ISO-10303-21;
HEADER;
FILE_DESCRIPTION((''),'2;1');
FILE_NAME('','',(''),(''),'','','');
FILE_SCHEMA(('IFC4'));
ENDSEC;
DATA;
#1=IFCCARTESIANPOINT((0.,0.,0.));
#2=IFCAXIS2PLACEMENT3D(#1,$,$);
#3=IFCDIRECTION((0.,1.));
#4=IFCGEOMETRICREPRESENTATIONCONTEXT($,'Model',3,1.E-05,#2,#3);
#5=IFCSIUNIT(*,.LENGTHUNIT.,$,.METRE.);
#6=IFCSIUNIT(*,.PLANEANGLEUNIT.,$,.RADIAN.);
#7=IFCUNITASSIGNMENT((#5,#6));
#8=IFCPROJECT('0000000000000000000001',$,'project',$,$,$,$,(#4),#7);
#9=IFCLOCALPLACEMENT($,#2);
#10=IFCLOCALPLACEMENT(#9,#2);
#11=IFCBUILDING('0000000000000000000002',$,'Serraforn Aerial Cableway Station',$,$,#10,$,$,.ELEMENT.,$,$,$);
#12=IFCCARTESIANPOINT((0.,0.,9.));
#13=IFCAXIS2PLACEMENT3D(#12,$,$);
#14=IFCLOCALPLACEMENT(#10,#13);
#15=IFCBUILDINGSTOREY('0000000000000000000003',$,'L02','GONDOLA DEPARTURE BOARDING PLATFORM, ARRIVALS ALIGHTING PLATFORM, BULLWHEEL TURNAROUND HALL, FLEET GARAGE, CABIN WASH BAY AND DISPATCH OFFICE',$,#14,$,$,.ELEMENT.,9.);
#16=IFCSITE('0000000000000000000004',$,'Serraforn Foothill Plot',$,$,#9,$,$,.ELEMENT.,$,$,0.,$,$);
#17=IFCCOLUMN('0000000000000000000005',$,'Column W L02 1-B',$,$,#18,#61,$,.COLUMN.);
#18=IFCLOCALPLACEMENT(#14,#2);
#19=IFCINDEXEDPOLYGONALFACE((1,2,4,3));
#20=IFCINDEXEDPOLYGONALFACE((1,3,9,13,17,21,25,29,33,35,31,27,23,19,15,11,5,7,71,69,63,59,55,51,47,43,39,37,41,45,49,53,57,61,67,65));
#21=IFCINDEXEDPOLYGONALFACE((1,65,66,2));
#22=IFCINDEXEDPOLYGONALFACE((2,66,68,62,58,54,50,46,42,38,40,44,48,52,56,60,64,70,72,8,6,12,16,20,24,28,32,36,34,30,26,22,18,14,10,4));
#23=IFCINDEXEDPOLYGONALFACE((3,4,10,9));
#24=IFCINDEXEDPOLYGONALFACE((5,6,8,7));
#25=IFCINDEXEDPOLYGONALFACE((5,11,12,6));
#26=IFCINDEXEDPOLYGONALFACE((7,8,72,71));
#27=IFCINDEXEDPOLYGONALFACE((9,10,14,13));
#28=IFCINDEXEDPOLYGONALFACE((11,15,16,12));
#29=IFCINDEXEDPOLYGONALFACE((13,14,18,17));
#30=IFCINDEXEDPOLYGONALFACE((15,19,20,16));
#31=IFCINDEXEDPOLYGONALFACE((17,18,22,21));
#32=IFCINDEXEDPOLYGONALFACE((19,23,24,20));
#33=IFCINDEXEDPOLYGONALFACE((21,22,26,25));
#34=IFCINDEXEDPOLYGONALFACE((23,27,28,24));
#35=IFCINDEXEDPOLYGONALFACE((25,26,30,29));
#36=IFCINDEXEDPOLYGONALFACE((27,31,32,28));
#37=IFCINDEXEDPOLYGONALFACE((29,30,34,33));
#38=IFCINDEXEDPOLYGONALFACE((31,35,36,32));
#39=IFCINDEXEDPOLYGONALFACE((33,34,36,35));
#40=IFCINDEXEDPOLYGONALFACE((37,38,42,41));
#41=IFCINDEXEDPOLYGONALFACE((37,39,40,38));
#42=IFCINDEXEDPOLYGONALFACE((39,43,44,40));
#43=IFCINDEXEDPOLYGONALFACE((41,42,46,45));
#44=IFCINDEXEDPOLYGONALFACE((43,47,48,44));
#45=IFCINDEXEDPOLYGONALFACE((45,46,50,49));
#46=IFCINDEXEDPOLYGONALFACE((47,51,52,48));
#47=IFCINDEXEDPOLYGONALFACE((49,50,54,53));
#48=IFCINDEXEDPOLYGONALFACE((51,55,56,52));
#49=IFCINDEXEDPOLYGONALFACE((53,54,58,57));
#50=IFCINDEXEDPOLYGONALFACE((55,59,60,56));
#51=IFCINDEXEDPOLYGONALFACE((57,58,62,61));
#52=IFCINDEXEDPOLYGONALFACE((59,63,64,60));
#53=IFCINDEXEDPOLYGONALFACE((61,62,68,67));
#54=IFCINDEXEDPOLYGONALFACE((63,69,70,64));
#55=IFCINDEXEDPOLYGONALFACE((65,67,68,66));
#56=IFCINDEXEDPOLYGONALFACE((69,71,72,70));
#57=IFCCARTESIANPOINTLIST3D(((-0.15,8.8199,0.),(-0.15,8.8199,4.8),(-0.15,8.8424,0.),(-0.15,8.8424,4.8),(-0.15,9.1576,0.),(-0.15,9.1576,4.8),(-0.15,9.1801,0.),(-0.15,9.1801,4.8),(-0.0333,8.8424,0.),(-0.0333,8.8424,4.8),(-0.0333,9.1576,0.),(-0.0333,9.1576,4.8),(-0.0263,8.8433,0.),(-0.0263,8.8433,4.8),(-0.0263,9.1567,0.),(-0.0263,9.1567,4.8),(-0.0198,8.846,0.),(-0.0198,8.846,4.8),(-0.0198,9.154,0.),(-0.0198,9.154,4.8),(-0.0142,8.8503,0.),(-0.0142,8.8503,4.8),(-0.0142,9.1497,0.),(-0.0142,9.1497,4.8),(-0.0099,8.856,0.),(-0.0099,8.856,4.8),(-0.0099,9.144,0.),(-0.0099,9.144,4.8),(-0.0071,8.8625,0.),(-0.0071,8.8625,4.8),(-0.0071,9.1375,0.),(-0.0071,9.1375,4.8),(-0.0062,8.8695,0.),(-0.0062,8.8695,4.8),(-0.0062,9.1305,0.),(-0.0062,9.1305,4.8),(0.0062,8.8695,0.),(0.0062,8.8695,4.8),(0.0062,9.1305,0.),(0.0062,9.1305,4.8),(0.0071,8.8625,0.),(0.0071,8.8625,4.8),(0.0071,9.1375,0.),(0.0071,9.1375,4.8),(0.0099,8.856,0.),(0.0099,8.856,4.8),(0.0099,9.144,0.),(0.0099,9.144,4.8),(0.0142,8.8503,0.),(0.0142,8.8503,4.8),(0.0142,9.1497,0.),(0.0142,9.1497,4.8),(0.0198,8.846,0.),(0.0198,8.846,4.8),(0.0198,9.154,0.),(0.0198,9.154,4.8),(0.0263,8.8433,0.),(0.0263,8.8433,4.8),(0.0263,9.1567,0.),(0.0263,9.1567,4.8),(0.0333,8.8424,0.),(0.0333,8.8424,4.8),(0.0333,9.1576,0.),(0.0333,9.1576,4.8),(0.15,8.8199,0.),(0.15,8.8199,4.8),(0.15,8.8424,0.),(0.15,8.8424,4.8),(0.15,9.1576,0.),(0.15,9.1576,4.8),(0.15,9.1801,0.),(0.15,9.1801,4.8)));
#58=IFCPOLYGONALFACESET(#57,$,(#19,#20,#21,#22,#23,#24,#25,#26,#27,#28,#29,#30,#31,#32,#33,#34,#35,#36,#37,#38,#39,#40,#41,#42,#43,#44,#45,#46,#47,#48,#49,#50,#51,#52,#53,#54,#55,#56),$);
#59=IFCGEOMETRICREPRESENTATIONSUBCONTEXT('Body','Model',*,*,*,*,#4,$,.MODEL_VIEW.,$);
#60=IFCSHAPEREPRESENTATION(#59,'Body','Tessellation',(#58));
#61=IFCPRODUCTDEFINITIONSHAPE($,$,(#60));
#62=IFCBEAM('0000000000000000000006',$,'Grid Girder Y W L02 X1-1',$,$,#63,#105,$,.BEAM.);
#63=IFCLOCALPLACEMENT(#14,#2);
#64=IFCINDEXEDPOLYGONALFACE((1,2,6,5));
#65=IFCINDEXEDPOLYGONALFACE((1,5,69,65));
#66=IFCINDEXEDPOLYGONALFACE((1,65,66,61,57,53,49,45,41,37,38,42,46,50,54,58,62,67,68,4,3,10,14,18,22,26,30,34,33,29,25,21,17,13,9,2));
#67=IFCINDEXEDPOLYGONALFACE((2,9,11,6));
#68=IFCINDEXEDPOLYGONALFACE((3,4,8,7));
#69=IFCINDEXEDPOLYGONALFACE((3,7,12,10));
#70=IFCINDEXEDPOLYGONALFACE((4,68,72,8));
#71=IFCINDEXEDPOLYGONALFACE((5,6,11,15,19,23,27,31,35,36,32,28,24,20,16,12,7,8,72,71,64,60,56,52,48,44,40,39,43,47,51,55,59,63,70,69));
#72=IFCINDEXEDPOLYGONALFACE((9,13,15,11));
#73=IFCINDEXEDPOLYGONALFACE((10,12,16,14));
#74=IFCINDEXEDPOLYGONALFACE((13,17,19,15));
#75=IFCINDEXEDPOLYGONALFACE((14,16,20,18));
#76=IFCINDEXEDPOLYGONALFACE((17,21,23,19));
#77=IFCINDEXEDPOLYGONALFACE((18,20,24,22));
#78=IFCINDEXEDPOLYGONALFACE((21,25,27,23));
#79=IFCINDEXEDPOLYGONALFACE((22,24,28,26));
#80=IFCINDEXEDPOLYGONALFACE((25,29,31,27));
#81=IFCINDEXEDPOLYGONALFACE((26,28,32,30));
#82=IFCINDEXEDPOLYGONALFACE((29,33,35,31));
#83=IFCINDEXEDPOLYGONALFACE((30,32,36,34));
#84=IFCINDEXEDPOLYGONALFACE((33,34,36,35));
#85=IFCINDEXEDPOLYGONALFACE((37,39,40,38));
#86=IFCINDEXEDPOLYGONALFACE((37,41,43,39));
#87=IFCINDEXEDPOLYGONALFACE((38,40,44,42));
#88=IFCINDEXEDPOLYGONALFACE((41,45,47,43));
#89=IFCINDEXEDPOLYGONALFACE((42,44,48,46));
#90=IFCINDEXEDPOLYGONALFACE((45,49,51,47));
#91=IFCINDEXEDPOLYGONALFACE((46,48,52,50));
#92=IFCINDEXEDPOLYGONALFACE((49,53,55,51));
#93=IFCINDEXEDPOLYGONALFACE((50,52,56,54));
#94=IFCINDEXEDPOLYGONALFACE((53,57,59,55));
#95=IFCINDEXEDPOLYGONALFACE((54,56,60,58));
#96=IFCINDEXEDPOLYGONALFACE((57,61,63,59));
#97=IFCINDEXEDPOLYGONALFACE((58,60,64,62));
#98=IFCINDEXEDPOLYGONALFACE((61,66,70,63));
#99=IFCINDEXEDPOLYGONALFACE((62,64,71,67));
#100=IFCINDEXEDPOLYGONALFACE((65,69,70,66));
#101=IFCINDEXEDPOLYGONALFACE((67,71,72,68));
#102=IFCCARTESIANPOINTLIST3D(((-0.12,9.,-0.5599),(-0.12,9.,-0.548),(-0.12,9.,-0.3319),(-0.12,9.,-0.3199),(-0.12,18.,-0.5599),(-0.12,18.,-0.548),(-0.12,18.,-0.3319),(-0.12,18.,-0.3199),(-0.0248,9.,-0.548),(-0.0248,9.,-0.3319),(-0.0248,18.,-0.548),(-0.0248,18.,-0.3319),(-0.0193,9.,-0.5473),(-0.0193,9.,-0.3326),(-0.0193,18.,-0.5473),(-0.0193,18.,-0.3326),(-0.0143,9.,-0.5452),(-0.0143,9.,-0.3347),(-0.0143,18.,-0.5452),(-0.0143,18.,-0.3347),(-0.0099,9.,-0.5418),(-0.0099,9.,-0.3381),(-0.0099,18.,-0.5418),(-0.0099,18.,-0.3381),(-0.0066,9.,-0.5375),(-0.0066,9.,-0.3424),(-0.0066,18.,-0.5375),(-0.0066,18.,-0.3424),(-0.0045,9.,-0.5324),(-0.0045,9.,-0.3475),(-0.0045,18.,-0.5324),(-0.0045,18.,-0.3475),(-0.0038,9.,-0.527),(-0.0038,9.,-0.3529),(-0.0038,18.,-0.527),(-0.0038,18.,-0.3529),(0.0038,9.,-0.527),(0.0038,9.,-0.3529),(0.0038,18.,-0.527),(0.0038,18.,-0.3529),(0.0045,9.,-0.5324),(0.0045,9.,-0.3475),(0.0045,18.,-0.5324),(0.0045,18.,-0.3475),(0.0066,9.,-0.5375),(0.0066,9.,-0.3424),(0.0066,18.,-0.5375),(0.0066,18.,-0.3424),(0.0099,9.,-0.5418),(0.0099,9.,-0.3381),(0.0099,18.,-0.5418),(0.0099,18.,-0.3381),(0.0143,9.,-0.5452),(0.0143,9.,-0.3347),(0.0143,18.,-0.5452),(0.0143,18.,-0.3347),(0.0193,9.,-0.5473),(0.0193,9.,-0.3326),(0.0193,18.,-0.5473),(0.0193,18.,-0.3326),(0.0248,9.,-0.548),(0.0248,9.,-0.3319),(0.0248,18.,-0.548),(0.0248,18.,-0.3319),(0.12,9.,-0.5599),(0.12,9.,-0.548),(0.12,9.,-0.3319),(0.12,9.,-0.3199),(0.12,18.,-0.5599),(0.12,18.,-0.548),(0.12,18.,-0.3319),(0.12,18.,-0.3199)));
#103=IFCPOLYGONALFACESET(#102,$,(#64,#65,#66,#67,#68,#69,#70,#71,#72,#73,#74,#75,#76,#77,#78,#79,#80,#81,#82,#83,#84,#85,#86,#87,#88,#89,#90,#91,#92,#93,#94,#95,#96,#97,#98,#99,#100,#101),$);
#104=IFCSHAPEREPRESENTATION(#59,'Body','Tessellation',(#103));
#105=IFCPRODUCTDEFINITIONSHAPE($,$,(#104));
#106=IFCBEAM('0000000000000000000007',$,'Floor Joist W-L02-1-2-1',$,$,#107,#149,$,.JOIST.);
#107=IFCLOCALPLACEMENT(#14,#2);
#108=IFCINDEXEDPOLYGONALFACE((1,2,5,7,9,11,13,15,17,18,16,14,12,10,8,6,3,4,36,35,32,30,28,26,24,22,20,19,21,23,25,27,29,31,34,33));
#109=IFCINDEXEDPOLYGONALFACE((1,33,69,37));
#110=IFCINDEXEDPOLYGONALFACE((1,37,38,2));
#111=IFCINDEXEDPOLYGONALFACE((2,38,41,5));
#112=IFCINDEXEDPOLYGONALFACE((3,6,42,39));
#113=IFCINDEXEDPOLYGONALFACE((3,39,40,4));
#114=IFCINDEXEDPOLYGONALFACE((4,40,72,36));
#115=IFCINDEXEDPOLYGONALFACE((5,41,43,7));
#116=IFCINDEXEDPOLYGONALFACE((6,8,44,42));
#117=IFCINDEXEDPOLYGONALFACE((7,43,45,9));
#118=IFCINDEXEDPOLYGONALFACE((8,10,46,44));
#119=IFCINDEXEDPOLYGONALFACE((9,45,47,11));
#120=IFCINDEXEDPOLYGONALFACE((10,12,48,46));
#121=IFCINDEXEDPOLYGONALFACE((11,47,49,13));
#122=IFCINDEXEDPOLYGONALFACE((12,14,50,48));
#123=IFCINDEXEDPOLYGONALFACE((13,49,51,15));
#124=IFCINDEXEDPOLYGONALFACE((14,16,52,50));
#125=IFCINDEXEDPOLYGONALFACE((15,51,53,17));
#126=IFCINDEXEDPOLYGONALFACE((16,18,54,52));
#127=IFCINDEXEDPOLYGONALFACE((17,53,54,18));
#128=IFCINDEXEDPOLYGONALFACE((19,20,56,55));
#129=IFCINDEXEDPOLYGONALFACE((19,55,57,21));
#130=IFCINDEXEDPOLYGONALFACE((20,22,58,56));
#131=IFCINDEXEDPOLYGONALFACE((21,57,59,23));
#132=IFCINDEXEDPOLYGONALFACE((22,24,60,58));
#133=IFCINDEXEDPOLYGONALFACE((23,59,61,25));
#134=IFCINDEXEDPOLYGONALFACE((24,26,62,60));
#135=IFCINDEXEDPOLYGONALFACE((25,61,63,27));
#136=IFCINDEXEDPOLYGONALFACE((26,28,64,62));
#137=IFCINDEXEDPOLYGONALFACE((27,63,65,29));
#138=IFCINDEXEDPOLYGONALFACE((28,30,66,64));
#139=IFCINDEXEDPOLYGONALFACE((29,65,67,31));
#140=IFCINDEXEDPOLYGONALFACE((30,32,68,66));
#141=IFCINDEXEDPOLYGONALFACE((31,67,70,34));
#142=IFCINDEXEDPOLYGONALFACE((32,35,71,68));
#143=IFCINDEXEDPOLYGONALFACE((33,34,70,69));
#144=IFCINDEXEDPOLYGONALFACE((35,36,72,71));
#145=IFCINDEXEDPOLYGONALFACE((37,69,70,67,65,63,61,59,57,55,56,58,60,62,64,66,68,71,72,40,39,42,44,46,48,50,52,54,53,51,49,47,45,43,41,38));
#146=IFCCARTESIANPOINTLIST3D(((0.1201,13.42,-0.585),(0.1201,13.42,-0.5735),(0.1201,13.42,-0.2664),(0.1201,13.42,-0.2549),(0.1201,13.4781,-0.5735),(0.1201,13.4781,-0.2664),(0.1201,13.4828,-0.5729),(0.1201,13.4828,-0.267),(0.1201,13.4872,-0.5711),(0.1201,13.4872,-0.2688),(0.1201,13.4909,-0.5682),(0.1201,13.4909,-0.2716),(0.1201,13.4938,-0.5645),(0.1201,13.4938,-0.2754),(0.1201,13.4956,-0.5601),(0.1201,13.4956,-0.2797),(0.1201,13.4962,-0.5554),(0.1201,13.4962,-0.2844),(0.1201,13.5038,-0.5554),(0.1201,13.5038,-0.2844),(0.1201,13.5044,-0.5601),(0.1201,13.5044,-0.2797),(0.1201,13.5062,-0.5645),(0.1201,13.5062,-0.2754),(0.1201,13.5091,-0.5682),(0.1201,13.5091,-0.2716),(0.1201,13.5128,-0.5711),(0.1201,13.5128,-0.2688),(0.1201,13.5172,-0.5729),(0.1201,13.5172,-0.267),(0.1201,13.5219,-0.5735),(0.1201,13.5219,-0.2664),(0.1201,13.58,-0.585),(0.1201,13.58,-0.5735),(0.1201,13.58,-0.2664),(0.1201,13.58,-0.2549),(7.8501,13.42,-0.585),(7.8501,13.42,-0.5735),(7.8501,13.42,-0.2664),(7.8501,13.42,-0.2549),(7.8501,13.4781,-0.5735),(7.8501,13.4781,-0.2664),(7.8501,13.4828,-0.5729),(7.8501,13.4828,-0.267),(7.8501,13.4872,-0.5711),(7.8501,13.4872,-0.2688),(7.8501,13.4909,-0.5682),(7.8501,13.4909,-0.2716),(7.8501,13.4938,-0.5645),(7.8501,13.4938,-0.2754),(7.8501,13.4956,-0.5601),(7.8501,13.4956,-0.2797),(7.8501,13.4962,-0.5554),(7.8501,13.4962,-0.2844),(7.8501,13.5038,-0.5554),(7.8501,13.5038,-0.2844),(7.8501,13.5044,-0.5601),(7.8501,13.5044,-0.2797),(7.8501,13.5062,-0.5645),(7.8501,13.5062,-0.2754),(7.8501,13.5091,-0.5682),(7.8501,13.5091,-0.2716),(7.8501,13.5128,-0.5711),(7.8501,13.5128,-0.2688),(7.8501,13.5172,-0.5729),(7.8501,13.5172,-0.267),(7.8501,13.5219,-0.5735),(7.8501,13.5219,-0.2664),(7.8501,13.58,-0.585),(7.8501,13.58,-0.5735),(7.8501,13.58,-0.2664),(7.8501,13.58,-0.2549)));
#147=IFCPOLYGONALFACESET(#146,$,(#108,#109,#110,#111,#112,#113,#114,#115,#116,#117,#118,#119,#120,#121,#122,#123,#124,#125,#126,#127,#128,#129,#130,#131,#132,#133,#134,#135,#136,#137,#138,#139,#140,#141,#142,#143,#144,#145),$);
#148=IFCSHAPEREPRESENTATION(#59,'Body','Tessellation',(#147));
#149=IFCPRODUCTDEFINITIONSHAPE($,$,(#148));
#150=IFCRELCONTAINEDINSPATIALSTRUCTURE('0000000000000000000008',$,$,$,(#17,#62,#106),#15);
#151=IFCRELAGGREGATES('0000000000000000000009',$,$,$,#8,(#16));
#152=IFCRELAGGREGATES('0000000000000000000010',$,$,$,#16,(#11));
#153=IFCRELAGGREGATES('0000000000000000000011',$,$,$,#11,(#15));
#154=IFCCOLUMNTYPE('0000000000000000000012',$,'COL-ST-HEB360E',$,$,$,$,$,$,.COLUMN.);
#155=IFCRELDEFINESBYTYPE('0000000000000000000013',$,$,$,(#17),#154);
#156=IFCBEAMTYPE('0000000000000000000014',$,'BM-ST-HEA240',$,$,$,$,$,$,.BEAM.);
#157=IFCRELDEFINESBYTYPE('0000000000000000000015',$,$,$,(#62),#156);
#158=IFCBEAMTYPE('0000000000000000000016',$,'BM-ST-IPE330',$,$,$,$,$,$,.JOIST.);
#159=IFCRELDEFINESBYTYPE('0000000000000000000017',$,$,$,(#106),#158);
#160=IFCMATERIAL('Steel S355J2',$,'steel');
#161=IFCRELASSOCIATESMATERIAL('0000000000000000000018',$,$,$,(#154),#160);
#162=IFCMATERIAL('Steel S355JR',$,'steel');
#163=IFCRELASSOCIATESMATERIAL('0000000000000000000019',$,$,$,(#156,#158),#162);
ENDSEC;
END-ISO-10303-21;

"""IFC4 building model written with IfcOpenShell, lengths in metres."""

from ifc_helpers import new_model, si_unit, direction, frame, origin, origin_2d, place, context, subcontext, project, spatial, i_section, extrude, material, material_profile, profile_set, type_object, element, save


model = new_model("IFC4")

# Units and contexts
model_context = context("Model", 3, precision=1e-05, world=origin(), true_north=direction((0.0, 1.0)))
body_context = subcontext(model_context, "Body", "Model", "MODEL_VIEW")
ifc_project = project(units=[si_unit("LENGTHUNIT", "METRE"), si_unit("PLANEANGLEUNIT", "RADIAN")], contexts=[model_context])

# Site, building, storey
site_placement = place(None, origin())
site = spatial("IfcSite", under=ifc_project, at=site_placement, Name="Serraforn Foothill Plot", CompositionType="ELEMENT", RefElevation=0.0)
building_placement = place(site_placement, origin())
building = spatial("IfcBuilding", under=site, at=building_placement, Name="Serraforn Aerial Cableway Station", CompositionType="ELEMENT")
storey_placement = place(building_placement, frame((0.0, 0.0, 9.0)))
storey = spatial("IfcBuildingStorey", under=building, at=storey_placement, Name="L02", Description="GONDOLA DEPARTURE BOARDING PLATFORM, ARRIVALS ALIGHTING PLATFORM, BULLWHEEL TURNAROUND HALL, FLEET GARAGE, CABIN WASH BAY AND DISPATCH OFFICE", CompositionType="ELEMENT", Elevation=9.0)

# Column
ifc_material_1 = material(Name="Steel S355J2", Category="steel")
ifc_material_profile_1 = material_profile(ifc_material_1, i_section(OverallWidth=0.3, OverallDepth=0.3601, WebThickness=0.0125, FlangeThickness=0.0225, FilletRadius=0.0271, at=origin_2d()), Name="HEB 360")
ifc_profile_set_1 = profile_set([ifc_material_profile_1], Name="Steel S355J2")
column_type = type_object("IfcColumnType", Name="COL-ST-HEB360E", PredefinedType="COLUMN", material=ifc_profile_set_1)
column_placement = place(storey_placement, frame((0.0, 9.0, 0.0), z_axis=(0.0, 0.0, 1.0), x_axis=(1.0, 0.0, 0.0)))
element("IfcColumn", 1, at=column_placement, inside=storey, type_object=column_type, Name="Column W L02 1-B", PredefinedType="COLUMN", context=body_context, shape_type="SweptSolid", body=[
    extrude(i_section(OverallWidth=0.3, OverallDepth=0.3601, WebThickness=0.0125, FlangeThickness=0.0225, FilletRadius=0.0271, at=origin_2d()), origin(), (0.0, 0.0, 1.0), 4.8),
])

# Beams
ifc_material_2 = material(Name="Steel S355JR", Category="steel")
ifc_material_profile_2 = material_profile(ifc_material_2, i_section(OverallWidth=0.24, OverallDepth=0.24, WebThickness=0.0076, FlangeThickness=0.012, FilletRadius=0.021, at=origin_2d()), Name="HEA 240")
ifc_profile_set_2 = profile_set([ifc_material_profile_2], Name="Steel S355JR")
beam_type_1 = type_object("IfcBeamType", Name="BM-ST-HEA240", PredefinedType="BEAM", material=ifc_profile_set_2)
beam_1_placement = place(storey_placement, frame((0.0, 9.0, -0.4399), z_axis=(0.0, 1.0, 0.0), x_axis=(-1.0, 0.0, 0.0)))
element("IfcBeam", 2, at=beam_1_placement, inside=storey, type_object=beam_type_1, Name="Grid Girder Y W L02 X1-1", PredefinedType="BEAM", context=body_context, shape_type="SweptSolid", body=[
    extrude(i_section(OverallWidth=0.24, OverallDepth=0.24, WebThickness=0.0076, FlangeThickness=0.012, FilletRadius=0.021, at=origin_2d()), origin(), (0.0, 0.0, 1.0), 9.0),
])
ifc_material_profile_3 = material_profile(ifc_material_2, i_section(OverallWidth=0.1599, OverallDepth=0.3301, WebThickness=0.0076, FlangeThickness=0.0115, FilletRadius=0.0181, at=origin_2d()), Name="IPE 330")
ifc_profile_set_3 = profile_set([ifc_material_profile_3], Name="Steel S355JR")
beam_type_2 = type_object("IfcBeamType", Name="BM-ST-IPE330", PredefinedType="JOIST", material=ifc_profile_set_3)
beam_2_placement = place(storey_placement, frame((0.1201, 13.5, -0.4199), z_axis=(1.0, 0.0, 0.0), x_axis=(0.0, 1.0, 0.0)))
element("IfcBeam", 3, at=beam_2_placement, inside=storey, type_object=beam_type_2, Name="Floor Joist W-L02-1-2-1", PredefinedType="JOIST", context=body_context, shape_type="SweptSolid", body=[
    extrude(i_section(OverallWidth=0.1599, OverallDepth=0.3301, WebThickness=0.0076, FlangeThickness=0.0115, FilletRadius=0.0181, at=origin_2d()), origin(), (0.0, 0.0, 1.0), 7.73),
])

save(model, "model.ifc")
